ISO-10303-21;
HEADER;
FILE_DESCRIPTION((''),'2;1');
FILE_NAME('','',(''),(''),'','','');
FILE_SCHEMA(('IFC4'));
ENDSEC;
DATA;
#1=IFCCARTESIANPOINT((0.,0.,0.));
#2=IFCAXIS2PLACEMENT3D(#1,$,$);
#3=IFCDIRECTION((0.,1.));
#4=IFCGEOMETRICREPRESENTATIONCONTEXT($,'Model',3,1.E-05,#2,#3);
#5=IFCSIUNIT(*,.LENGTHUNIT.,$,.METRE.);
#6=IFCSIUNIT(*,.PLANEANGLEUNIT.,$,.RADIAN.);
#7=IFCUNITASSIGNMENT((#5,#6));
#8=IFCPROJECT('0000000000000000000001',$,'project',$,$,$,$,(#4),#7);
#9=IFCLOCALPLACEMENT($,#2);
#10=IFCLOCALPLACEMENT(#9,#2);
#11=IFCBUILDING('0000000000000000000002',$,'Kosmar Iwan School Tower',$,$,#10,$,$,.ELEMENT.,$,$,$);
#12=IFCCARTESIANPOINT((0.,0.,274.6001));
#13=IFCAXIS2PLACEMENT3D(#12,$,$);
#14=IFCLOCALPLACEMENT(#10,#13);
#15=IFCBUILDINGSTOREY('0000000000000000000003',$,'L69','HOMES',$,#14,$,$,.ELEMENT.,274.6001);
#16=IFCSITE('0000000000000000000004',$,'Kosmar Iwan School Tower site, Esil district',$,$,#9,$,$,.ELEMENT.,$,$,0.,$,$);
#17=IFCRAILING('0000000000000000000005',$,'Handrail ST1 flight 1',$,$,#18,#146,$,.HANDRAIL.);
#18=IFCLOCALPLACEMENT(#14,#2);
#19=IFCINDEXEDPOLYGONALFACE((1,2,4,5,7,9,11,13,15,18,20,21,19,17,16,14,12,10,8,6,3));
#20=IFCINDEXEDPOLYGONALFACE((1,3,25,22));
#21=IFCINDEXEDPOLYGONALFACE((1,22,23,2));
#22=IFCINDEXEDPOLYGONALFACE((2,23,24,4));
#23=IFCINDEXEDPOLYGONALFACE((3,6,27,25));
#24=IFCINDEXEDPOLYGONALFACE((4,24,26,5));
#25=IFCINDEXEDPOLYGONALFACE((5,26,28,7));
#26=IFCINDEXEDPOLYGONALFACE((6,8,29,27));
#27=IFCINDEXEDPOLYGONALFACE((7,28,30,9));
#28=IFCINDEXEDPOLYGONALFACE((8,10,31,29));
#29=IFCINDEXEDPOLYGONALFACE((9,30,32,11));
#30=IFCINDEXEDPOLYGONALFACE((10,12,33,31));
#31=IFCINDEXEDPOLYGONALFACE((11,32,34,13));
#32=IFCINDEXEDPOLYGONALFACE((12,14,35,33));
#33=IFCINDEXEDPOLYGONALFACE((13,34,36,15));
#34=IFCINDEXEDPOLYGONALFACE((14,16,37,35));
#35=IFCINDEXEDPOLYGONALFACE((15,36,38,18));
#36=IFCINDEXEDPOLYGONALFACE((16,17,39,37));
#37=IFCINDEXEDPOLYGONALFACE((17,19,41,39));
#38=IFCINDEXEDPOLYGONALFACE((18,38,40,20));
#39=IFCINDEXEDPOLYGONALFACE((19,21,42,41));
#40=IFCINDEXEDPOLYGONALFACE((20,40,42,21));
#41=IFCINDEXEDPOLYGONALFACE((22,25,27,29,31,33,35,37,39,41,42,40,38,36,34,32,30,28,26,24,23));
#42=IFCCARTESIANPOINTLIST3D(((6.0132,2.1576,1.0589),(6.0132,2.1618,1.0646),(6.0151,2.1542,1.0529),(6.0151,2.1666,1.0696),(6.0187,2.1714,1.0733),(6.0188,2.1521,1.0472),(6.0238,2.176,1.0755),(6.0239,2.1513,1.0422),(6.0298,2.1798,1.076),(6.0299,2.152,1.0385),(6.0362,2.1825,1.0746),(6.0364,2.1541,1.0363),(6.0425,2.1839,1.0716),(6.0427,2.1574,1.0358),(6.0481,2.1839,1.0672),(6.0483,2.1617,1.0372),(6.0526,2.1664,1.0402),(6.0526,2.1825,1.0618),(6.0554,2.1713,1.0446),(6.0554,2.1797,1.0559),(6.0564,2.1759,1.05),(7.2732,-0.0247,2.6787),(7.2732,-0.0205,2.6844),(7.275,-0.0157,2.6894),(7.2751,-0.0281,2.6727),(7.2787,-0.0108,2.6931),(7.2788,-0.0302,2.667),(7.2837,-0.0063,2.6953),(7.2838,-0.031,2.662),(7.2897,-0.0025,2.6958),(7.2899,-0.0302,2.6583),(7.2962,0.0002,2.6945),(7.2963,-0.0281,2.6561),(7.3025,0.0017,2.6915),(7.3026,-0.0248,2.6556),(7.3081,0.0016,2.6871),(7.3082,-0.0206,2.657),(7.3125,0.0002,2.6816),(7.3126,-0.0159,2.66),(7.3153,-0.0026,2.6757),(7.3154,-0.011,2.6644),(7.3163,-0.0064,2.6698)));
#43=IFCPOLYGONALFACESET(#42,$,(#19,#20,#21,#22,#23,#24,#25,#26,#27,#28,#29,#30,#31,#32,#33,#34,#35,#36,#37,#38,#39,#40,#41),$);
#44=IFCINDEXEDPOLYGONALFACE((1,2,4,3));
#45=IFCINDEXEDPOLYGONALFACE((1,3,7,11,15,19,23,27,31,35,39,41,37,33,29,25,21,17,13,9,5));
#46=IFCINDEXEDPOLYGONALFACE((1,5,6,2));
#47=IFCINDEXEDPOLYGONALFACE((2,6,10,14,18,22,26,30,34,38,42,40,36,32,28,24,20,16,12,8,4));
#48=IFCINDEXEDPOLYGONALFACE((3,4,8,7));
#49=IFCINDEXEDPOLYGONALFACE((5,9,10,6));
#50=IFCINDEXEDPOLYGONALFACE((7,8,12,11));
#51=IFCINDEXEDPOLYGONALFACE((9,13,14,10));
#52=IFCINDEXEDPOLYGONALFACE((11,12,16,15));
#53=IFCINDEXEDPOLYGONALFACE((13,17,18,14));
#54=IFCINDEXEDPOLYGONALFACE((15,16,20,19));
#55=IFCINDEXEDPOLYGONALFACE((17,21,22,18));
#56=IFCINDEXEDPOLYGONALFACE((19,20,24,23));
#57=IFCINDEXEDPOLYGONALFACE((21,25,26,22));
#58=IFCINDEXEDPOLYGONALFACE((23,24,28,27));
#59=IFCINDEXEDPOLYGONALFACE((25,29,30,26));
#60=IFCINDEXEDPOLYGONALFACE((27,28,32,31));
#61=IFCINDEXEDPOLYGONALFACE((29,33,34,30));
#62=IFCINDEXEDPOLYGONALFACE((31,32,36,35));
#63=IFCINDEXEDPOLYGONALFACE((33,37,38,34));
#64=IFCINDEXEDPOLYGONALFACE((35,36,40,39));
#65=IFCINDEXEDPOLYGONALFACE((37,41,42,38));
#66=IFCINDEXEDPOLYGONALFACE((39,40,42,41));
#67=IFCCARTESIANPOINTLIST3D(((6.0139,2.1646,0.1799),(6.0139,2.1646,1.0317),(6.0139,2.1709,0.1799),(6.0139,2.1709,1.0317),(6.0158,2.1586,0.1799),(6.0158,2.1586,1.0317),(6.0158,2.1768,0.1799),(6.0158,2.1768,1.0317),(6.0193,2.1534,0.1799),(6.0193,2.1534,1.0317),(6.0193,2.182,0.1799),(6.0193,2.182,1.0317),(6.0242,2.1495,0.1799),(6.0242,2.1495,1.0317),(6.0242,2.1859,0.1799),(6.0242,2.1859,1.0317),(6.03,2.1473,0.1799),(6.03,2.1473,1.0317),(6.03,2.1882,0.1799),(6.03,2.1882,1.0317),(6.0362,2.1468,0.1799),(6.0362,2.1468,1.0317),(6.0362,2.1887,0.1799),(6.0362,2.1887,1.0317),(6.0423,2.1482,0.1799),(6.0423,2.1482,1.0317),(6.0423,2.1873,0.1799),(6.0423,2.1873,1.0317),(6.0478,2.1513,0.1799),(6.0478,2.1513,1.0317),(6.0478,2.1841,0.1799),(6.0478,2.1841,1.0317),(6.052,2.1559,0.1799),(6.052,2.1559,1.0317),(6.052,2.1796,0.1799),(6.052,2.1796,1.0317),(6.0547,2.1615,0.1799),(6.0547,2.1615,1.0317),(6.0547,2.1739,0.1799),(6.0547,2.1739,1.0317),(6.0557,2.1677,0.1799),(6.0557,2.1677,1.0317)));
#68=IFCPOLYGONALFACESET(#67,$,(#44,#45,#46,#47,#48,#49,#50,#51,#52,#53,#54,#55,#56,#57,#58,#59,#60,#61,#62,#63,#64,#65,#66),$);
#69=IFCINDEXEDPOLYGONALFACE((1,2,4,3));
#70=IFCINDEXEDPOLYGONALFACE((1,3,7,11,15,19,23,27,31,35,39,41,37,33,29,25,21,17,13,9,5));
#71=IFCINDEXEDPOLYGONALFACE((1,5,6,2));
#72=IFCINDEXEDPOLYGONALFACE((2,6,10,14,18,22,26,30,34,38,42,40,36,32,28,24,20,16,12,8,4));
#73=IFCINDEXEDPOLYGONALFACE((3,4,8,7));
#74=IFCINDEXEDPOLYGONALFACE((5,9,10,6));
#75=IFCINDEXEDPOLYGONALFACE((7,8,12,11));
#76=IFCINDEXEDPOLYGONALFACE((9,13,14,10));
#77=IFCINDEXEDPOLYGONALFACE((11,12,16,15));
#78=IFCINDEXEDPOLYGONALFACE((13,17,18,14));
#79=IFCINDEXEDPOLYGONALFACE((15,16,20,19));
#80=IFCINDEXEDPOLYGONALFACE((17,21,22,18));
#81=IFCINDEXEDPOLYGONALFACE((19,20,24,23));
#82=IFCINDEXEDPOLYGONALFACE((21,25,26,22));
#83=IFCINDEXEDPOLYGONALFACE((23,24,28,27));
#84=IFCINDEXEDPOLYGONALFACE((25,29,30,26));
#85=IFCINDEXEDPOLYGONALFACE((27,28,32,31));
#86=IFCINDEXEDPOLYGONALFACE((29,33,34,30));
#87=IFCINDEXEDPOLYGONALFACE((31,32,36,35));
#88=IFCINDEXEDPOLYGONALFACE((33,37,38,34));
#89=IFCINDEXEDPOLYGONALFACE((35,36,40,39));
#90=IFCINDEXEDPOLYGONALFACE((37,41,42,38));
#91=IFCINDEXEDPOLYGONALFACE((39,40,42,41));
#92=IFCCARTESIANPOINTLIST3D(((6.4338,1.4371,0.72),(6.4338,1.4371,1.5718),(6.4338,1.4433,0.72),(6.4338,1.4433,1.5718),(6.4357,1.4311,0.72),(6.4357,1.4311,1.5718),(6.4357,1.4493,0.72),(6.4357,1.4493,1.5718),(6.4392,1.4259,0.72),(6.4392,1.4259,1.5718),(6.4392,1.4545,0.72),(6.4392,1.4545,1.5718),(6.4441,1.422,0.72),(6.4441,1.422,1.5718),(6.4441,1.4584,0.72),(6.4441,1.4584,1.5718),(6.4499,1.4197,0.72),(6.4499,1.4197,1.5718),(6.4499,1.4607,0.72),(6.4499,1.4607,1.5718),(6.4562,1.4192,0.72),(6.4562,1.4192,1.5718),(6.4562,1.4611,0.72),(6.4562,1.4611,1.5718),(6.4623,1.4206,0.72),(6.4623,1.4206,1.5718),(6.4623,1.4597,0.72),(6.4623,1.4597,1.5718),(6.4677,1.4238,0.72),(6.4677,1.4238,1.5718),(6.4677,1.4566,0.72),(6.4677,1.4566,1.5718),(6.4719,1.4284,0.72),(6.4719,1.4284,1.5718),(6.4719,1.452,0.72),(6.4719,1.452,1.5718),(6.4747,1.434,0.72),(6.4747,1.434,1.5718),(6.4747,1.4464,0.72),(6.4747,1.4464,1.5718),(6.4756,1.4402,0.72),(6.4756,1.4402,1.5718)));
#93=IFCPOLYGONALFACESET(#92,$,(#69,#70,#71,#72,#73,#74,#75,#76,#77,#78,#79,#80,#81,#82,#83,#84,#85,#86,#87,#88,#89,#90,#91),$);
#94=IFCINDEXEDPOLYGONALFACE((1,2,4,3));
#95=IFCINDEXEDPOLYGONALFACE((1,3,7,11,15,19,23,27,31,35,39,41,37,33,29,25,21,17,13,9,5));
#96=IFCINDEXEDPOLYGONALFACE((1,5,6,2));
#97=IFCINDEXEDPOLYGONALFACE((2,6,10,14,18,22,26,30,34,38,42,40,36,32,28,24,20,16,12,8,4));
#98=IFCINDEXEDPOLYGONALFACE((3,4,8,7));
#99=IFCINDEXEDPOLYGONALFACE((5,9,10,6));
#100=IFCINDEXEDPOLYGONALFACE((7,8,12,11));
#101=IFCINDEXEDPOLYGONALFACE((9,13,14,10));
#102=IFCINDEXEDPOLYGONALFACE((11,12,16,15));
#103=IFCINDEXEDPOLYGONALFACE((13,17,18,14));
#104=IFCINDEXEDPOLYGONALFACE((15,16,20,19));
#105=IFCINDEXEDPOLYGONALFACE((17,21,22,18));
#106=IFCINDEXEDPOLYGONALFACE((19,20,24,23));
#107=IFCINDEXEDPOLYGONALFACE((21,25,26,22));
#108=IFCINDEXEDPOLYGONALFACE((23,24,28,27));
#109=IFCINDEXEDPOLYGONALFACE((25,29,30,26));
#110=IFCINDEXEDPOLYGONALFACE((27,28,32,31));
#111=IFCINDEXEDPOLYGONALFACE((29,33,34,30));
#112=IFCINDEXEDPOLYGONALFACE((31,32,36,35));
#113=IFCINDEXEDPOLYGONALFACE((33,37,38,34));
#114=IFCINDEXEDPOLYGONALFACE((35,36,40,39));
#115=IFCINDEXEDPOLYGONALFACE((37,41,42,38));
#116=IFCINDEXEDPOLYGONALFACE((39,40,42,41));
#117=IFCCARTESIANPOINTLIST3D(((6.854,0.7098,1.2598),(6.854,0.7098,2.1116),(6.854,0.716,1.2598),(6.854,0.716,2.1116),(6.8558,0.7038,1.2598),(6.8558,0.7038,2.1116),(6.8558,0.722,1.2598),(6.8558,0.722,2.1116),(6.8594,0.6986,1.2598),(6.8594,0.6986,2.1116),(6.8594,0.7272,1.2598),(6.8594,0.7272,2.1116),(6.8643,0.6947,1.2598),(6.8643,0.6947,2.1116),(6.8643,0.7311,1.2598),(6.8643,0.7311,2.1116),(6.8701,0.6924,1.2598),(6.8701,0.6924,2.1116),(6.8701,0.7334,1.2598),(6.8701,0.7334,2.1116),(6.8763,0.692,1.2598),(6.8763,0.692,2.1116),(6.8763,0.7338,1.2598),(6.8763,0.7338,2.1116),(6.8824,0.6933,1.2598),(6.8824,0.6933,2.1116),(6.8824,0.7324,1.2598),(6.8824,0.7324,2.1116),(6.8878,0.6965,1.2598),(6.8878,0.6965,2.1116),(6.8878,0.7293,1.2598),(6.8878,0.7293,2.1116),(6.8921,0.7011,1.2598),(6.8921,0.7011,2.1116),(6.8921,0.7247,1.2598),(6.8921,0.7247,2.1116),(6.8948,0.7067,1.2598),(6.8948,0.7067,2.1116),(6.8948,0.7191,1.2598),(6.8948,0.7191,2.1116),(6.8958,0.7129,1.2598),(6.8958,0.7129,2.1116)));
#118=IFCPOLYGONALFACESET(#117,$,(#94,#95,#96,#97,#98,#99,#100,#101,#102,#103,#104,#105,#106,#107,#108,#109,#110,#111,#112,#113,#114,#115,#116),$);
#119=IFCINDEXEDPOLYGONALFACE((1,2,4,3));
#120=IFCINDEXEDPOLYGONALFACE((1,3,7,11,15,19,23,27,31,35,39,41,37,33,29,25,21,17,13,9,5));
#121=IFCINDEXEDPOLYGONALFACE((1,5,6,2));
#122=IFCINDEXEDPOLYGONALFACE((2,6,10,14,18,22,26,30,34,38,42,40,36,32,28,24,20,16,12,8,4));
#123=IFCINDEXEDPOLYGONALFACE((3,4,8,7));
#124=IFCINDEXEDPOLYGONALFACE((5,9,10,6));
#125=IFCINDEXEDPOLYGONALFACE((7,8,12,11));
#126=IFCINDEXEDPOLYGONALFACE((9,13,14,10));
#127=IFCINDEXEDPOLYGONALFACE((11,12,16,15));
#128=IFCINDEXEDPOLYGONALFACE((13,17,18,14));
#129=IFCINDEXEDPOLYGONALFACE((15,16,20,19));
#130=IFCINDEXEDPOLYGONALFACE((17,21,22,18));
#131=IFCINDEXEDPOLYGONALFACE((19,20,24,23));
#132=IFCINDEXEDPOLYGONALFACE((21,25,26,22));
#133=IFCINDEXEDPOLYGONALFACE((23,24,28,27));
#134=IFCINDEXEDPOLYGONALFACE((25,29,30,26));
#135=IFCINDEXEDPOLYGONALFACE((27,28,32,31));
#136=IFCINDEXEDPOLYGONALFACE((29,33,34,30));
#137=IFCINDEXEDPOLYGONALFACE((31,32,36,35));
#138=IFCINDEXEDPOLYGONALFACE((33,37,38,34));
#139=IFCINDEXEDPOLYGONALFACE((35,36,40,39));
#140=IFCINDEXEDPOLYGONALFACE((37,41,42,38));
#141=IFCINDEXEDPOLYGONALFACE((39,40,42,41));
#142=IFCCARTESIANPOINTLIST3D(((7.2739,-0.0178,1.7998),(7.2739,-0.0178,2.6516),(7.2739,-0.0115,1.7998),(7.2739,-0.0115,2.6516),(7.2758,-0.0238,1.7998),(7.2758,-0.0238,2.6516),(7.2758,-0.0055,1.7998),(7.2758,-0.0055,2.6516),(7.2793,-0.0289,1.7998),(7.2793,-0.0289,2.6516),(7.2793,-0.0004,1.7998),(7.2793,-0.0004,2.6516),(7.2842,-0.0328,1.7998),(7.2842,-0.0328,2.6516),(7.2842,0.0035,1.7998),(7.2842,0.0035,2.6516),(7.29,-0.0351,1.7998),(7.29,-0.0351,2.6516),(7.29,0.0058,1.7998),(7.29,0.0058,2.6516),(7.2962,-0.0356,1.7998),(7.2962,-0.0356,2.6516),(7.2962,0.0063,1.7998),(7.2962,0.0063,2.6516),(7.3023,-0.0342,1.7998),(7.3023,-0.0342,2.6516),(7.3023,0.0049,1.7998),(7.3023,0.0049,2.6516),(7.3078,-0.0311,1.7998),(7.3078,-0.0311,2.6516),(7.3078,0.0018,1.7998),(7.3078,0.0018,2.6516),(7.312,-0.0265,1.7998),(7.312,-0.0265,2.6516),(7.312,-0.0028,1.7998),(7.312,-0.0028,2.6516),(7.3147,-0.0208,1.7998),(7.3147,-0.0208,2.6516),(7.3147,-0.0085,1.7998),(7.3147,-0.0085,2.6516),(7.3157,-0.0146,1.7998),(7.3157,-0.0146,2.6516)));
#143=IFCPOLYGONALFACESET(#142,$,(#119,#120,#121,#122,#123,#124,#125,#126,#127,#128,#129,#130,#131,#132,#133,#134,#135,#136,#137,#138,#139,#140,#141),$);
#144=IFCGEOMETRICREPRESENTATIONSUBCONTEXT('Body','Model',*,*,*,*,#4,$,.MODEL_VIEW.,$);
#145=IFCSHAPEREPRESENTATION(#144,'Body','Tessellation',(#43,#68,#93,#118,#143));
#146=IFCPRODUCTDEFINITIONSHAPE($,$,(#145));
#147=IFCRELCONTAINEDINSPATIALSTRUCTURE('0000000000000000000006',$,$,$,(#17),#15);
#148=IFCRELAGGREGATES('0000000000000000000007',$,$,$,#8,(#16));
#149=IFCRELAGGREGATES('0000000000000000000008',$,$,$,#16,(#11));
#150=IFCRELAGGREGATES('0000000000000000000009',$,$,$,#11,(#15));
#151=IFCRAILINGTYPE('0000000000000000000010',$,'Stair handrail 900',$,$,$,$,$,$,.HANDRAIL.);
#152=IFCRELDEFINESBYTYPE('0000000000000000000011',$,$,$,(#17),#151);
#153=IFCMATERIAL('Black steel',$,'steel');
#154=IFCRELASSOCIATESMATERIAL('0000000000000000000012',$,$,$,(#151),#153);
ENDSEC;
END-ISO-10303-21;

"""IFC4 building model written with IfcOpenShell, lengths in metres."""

from ifc_helpers import new_model, si_unit, direction, frame, origin, origin_2d, place, context, subcontext, project, spatial, circle, extrude, material, type_object, element, save


model = new_model("IFC4")

# Units and contexts
model_context = context("Model", 3, precision=1e-05, world=origin(), true_north=direction((0.0, 1.0)))
body_context = subcontext(model_context, "Body", "Model", "MODEL_VIEW")
ifc_project = project(units=[si_unit("LENGTHUNIT", "METRE"), si_unit("PLANEANGLEUNIT", "RADIAN")], contexts=[model_context])

# Site, building, storey
site_placement = place(None, origin())
site = spatial("IfcSite", under=ifc_project, at=site_placement, Name="Kosmar Iwan School Tower site, Esil district", CompositionType="ELEMENT", RefElevation=0.0)
building_placement = place(site_placement, origin())
building = spatial("IfcBuilding", under=site, at=building_placement, Name="Kosmar Iwan School Tower", CompositionType="ELEMENT")
storey_placement = place(building_placement, frame((0.0, 0.0, 274.6001)))
storey = spatial("IfcBuildingStorey", under=building, at=storey_placement, Name="L69", Description="HOMES", CompositionType="ELEMENT", Elevation=274.6001)

# Railing
ifc_material_1 = material(Name="Black steel", Category="steel")
railing_type = type_object("IfcRailingType", Name="Stair handrail 900", PredefinedType="HANDRAIL", material=ifc_material_1)
railing_placement = place(storey_placement, frame((6.0347, 2.1677, 0.1799)))
element("IfcRailing", 1, at=railing_placement, inside=storey, type_object=railing_type, Name="Handrail ST1 flight 1", PredefinedType="HANDRAIL", context=body_context, shape_type="SweptSolid", body=[
    extrude(circle(Radius=0.0239, at=origin_2d()), frame((0.0, 0.0, 0.876), z_axis=(0.420603, -0.728496, 0.540728), x_axis=(0.866023, 0.500005, 0.0)), (0.0, 0.0, 1.0), 2.9956),
    extrude(circle(Radius=0.021, at=origin_2d()), origin(), (0.0, 0.0, 1.0), 0.8518),
    extrude(circle(Radius=0.021, at=origin_2d()), frame((0.4199, -0.7275, 0.54)), (0.0, 0.0, 1.0), 0.8518),
    extrude(circle(Radius=0.021, at=origin_2d()), frame((0.8401, -1.4548, 1.0798)), (0.0, 0.0, 1.0), 0.8518),
    extrude(circle(Radius=0.021, at=origin_2d()), frame((1.26, -2.1824, 1.6199)), (0.0, 0.0, 1.0), 0.8518),
])

save(model, "model.ifc")
